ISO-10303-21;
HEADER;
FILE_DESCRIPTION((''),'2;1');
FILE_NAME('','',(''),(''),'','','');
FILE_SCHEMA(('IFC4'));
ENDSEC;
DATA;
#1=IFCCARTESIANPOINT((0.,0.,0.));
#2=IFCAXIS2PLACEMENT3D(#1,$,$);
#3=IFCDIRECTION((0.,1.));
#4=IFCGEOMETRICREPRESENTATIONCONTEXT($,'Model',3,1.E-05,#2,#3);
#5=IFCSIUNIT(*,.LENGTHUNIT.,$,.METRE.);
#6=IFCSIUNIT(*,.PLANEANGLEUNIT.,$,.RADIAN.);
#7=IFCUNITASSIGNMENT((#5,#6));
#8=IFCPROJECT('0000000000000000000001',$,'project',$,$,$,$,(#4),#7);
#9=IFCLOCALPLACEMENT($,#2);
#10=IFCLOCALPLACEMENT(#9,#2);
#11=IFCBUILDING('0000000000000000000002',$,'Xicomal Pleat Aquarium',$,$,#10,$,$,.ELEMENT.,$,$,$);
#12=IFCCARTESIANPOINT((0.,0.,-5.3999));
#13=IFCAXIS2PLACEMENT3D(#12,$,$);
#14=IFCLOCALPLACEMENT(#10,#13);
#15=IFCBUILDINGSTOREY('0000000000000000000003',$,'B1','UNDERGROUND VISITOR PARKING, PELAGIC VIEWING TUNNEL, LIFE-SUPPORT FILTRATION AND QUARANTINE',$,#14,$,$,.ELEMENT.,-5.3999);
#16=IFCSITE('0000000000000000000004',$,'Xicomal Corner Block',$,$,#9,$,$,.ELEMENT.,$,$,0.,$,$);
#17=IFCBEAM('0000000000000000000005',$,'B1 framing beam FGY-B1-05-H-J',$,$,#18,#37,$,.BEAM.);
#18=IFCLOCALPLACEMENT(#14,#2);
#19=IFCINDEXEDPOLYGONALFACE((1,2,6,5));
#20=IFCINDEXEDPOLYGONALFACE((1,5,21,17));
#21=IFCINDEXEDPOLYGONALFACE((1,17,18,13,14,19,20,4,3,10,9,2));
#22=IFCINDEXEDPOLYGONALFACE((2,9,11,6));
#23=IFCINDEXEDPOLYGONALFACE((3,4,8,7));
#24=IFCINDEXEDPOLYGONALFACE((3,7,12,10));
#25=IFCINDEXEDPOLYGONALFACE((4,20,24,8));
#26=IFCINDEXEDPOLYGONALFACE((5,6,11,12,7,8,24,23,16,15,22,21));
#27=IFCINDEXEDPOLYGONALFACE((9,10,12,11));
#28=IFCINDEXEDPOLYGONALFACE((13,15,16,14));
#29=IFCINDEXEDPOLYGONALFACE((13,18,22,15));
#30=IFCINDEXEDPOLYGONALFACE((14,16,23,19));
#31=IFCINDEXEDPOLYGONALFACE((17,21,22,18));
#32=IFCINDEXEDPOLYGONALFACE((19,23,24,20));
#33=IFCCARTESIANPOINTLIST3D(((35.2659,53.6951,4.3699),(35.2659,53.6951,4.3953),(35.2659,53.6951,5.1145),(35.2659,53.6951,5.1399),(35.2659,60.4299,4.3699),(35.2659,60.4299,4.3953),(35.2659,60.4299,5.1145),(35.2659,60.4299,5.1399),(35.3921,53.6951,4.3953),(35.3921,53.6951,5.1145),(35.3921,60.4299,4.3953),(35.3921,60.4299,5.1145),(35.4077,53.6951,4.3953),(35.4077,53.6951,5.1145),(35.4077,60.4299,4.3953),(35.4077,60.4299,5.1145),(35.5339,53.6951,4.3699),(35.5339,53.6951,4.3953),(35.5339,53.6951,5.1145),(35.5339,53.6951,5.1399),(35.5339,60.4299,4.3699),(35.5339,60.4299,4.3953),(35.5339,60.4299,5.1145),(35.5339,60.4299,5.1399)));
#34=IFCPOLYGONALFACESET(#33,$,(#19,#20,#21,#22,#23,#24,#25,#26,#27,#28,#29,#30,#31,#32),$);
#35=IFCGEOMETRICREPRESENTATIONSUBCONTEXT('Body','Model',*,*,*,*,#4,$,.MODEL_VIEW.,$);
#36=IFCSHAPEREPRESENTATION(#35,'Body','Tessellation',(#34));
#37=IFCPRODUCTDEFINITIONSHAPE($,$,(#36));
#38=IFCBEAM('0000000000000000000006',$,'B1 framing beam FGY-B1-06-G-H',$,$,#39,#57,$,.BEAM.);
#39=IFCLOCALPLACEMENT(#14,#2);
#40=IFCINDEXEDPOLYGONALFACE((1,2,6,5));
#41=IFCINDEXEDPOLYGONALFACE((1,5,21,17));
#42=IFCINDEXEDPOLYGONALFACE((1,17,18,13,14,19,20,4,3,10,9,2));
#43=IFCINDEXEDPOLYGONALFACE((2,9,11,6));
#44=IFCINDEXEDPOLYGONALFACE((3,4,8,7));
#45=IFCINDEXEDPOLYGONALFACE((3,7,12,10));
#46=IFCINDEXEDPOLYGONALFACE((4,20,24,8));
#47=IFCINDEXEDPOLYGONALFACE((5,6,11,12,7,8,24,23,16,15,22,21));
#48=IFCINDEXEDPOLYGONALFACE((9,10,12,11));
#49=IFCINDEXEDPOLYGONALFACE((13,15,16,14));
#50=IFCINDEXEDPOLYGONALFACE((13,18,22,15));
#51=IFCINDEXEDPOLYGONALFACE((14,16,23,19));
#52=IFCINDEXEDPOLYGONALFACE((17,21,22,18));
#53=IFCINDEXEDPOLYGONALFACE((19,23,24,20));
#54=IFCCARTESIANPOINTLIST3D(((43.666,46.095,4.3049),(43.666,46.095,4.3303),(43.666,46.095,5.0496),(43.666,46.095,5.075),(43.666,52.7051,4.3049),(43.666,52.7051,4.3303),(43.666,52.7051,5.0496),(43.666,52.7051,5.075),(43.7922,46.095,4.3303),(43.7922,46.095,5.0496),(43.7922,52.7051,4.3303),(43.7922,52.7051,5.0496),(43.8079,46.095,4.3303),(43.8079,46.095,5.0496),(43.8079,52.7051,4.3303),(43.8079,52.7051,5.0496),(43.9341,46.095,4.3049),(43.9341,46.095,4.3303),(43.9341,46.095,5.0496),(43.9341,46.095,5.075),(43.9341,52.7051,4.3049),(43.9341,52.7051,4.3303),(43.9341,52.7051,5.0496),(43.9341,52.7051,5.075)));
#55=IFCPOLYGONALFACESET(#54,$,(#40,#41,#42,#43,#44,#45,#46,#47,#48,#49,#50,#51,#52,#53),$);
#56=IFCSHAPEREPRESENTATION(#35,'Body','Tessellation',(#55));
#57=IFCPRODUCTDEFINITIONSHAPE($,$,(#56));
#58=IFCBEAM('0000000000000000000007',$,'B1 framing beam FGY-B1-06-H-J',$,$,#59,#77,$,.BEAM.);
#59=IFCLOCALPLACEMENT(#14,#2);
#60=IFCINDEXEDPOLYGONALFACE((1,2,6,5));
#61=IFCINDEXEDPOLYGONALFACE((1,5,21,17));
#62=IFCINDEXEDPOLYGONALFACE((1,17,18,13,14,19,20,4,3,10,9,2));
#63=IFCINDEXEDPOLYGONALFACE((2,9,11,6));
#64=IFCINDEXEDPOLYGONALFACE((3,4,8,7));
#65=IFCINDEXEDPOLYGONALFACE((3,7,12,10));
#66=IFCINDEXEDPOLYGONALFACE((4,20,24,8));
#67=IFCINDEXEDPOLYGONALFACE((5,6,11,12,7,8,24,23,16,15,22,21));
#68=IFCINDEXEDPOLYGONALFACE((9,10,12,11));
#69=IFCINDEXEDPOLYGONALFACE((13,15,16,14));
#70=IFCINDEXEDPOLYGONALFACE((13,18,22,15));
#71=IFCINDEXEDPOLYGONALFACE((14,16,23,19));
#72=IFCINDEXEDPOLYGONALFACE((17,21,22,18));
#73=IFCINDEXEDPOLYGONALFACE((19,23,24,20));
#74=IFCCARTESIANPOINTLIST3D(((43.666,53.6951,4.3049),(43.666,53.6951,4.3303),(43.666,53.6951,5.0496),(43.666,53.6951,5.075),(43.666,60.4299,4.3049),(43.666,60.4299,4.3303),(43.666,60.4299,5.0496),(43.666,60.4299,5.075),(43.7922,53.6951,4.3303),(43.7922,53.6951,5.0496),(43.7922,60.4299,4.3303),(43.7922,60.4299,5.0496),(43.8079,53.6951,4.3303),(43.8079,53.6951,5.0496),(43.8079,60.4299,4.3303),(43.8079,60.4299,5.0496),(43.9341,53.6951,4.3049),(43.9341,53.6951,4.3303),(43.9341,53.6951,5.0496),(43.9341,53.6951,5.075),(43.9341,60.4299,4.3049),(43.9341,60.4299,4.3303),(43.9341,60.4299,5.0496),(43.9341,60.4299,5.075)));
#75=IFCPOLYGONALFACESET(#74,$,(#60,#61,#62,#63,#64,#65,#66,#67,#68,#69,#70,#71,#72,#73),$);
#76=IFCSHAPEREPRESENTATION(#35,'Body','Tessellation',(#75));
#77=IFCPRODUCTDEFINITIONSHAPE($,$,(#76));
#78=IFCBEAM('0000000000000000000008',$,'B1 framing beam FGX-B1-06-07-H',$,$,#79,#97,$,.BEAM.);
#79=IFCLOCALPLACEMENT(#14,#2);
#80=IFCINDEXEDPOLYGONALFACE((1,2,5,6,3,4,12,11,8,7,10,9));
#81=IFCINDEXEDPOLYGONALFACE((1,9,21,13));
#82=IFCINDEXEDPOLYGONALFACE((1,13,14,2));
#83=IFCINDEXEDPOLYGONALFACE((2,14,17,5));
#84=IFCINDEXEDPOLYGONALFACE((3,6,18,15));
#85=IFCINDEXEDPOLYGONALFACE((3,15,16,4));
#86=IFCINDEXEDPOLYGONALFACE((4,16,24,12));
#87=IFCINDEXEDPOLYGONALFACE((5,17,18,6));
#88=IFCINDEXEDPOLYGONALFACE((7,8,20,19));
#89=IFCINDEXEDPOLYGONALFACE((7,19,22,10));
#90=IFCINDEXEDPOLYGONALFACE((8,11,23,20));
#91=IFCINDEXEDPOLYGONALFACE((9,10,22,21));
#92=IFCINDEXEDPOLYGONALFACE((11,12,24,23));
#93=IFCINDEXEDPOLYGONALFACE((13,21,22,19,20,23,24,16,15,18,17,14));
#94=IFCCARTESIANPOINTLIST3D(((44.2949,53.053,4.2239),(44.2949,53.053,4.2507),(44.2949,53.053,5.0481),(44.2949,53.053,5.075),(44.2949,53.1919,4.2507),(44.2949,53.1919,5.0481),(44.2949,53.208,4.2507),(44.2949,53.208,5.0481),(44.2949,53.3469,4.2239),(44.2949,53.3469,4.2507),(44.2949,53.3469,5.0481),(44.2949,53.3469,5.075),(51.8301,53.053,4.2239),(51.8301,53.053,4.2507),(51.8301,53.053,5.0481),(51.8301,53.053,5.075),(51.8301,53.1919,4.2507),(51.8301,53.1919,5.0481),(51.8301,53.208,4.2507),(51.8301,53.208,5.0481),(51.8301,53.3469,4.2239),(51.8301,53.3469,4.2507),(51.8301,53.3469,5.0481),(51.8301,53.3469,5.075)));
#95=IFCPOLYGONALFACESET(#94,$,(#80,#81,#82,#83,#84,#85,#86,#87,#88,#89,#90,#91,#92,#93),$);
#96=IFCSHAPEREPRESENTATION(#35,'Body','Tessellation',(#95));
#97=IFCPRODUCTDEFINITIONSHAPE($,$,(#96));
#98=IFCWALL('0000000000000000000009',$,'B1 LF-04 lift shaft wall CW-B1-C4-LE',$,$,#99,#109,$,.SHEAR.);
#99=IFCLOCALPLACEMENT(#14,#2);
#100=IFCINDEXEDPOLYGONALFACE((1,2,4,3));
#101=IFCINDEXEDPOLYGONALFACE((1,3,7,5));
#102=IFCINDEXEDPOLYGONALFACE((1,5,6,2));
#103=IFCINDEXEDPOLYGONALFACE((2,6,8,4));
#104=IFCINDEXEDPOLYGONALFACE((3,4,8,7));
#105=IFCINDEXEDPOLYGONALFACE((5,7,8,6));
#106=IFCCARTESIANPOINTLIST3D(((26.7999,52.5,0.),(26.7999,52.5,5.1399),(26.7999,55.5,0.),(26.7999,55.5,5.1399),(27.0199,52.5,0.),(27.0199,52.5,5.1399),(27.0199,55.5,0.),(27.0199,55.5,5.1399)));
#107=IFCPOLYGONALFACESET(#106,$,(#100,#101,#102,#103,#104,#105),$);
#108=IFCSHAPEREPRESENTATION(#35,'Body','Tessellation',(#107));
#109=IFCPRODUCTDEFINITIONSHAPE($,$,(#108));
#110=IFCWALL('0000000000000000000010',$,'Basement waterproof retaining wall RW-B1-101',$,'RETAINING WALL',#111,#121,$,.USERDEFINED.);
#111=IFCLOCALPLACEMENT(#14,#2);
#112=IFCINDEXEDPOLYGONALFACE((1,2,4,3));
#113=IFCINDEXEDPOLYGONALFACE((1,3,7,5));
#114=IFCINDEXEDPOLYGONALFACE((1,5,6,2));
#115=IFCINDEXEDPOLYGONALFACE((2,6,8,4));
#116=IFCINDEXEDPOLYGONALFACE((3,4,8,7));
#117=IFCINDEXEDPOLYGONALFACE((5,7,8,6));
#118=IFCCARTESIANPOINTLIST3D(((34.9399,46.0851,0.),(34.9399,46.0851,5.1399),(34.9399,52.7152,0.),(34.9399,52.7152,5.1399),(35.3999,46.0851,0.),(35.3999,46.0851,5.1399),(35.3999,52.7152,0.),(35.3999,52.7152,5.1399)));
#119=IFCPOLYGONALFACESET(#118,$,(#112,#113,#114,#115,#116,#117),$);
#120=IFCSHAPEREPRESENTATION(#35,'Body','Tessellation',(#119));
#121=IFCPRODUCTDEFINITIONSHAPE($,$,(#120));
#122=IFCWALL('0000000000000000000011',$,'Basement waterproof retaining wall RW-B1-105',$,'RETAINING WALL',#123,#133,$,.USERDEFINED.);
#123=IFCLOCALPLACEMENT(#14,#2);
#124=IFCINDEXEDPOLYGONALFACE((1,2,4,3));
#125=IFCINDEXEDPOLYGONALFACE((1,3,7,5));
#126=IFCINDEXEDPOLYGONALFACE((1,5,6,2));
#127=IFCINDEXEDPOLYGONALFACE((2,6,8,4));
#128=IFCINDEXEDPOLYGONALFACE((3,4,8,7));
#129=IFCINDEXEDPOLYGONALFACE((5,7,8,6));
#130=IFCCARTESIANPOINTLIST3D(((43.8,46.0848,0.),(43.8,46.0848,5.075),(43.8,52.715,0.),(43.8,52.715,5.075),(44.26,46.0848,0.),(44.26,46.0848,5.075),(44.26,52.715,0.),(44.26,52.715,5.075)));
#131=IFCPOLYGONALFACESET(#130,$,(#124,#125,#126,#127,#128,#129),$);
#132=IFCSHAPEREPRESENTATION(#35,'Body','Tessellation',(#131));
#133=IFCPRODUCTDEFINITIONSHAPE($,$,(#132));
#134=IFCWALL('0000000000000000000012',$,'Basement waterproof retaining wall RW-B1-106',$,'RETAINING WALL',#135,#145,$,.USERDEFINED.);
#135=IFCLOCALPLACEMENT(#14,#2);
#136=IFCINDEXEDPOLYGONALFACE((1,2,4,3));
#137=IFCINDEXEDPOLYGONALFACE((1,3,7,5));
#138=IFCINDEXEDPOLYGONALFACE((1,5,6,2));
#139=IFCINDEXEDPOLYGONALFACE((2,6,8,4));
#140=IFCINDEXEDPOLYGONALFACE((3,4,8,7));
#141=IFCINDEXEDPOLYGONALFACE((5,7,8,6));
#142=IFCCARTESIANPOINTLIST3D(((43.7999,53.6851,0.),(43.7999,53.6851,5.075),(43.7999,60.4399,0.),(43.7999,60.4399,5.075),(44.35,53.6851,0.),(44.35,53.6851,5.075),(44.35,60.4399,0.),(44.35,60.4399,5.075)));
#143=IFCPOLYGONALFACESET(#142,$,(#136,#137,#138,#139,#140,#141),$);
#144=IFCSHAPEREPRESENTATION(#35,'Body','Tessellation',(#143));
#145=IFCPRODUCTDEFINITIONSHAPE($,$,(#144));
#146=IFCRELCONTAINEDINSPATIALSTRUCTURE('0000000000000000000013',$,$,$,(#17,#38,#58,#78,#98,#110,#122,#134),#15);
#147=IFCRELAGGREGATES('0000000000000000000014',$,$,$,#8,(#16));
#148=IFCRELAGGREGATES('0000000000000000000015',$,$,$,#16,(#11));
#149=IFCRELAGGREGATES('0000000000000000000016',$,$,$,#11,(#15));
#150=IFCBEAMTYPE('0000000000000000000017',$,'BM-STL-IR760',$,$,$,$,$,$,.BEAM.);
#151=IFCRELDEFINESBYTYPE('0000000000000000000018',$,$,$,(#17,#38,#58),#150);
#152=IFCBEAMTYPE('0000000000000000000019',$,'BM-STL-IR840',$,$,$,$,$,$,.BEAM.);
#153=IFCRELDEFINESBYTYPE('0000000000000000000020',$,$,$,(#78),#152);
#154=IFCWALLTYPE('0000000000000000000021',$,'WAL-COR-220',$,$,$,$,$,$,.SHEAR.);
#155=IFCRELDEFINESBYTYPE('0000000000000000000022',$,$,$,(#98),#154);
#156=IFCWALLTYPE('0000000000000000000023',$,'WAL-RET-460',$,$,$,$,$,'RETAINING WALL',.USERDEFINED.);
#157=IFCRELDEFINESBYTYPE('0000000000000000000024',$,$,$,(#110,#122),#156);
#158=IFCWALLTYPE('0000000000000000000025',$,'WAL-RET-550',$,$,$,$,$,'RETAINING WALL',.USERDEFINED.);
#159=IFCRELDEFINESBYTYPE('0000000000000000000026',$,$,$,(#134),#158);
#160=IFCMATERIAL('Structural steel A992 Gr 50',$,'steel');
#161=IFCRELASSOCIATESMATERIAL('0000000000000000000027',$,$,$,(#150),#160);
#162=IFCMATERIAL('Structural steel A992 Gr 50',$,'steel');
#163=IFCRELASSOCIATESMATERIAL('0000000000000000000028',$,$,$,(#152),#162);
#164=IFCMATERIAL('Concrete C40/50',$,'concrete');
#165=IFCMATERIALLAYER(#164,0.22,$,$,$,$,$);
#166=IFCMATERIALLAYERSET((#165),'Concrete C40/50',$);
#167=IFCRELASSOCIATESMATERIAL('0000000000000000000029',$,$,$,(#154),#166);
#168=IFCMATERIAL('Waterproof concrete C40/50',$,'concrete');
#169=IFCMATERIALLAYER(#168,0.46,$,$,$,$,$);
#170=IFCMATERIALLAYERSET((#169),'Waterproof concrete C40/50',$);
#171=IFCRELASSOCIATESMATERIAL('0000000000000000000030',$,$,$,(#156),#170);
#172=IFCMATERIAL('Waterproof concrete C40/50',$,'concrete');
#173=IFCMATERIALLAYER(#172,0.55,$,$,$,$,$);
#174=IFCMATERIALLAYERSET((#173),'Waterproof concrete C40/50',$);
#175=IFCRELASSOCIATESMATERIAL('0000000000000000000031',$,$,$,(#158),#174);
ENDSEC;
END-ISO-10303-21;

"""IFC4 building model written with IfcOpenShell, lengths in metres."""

from ifc_helpers import new_model, si_unit, direction, frame, frame_2d, origin, origin_2d, place, context, subcontext, project, spatial, rectangle, i_section, extrude, material, layer, layer_set, material_profile, profile_set, type_object, element, save


model = new_model("IFC4")

# Units and contexts
model_context = context("Model", 3, precision=1e-05, world=origin(), true_north=direction((0.0, 1.0)))
body_context = subcontext(model_context, "Body", "Model", "MODEL_VIEW")
ifc_project = project(units=[si_unit("LENGTHUNIT", "METRE"), si_unit("PLANEANGLEUNIT", "RADIAN")], contexts=[model_context])

# Site, building, storey
site_placement = place(None, origin())
site = spatial("IfcSite", under=ifc_project, at=site_placement, Name="Xicomal Corner Block", CompositionType="ELEMENT", RefElevation=0.0)
building_placement = place(site_placement, origin())
building = spatial("IfcBuilding", under=site, at=building_placement, Name="Xicomal Pleat Aquarium", CompositionType="ELEMENT")
storey_placement = place(building_placement, frame((0.0, 0.0, -5.3999)))
storey = spatial("IfcBuildingStorey", under=building, at=storey_placement, Name="B1", Description="UNDERGROUND VISITOR PARKING, PELAGIC VIEWING TUNNEL, LIFE-SUPPORT FILTRATION AND QUARANTINE", CompositionType="ELEMENT", Elevation=-5.3999)

# Beams
ifc_material_1 = material(Name="Structural steel A992 Gr 50", Category="steel")
ifc_material_profile_1 = material_profile(ifc_material_1, i_section(OverallWidth=0.2681, OverallDepth=0.77, WebThickness=0.0156, FlangeThickness=0.0254, at=origin_2d()), Name="IR 760x196")
ifc_profile_set_1 = profile_set([ifc_material_profile_1], Name="Structural steel A992 Gr 50")
beam_type_1 = type_object("IfcBeamType", Name="BM-STL-IR760", PredefinedType="BEAM", material=ifc_profile_set_1)
beam_1_placement = place(storey_placement, frame((35.3999, 53.6951, 4.7549), z_axis=(0.0, 1.0, 0.0), x_axis=(-1.0, 0.0, 0.0)))
element("IfcBeam", 1, at=beam_1_placement, inside=storey, type_object=beam_type_1, Name="B1 framing beam FGY-B1-05-H-J", PredefinedType="BEAM", context=body_context, shape_type="SweptSolid", body=[
    extrude(i_section(OverallWidth=0.2681, OverallDepth=0.77, WebThickness=0.0156, FlangeThickness=0.0254, at=origin_2d()), origin(), (0.0, 0.0, 1.0), 6.7349),
])
beam_2_placement = place(storey_placement, frame((43.8, 46.095, 4.6899), z_axis=(0.0, 1.0, 0.0), x_axis=(-1.0, 0.0, 0.0)))
element("IfcBeam", 2, at=beam_2_placement, inside=storey, type_object=beam_type_1, Name="B1 framing beam FGY-B1-06-G-H", PredefinedType="BEAM", context=body_context, shape_type="SweptSolid", body=[
    extrude(i_section(OverallWidth=0.2681, OverallDepth=0.77, WebThickness=0.0156, FlangeThickness=0.0254, at=origin_2d()), origin(), (0.0, 0.0, 1.0), 6.6101),
])
beam_3_placement = place(storey_placement, frame((43.8, 53.6951, 4.6899), z_axis=(0.0, 1.0, 0.0), x_axis=(-1.0, 0.0, 0.0)))
element("IfcBeam", 3, at=beam_3_placement, inside=storey, type_object=beam_type_1, Name="B1 framing beam FGY-B1-06-H-J", PredefinedType="BEAM", context=body_context, shape_type="SweptSolid", body=[
    extrude(i_section(OverallWidth=0.2681, OverallDepth=0.77, WebThickness=0.0156, FlangeThickness=0.0254, at=origin_2d()), origin(), (0.0, 0.0, 1.0), 6.7349),
])
ifc_material_2 = material(Name="Structural steel A992 Gr 50", Category="steel")
ifc_material_profile_2 = material_profile(ifc_material_2, i_section(OverallWidth=0.2939, OverallDepth=0.8511, WebThickness=0.0161, FlangeThickness=0.0269, at=origin_2d()), Name="IR 840x226")
ifc_profile_set_2 = profile_set([ifc_material_profile_2], Name="Structural steel A992 Gr 50")
beam_type_2 = type_object("IfcBeamType", Name="BM-STL-IR840", PredefinedType="BEAM", material=ifc_profile_set_2)
beam_4_placement = place(storey_placement, frame((44.2949, 53.2, 4.6494), z_axis=(1.0, 0.0, 0.0), x_axis=(0.0, 1.0, 0.0)))
element("IfcBeam", 4, at=beam_4_placement, inside=storey, type_object=beam_type_2, Name="B1 framing beam FGX-B1-06-07-H", PredefinedType="BEAM", context=body_context, shape_type="SweptSolid", body=[
    extrude(i_section(OverallWidth=0.2939, OverallDepth=0.8511, WebThickness=0.0161, FlangeThickness=0.0269, at=origin_2d()), origin(), (0.0, 0.0, 1.0), 7.5352),
])

# Walls
ifc_material_3 = material(Name="Concrete C40/50", Category="concrete")
ifc_layer_1 = layer(ifc_material_3, 0.22)
ifc_layer_set_1 = layer_set([ifc_layer_1], Name="Concrete C40/50")
wall_type_1 = type_object("IfcWallType", Name="WAL-COR-220", PredefinedType="SHEAR", material=ifc_layer_set_1)
wall_1_placement = place(storey_placement, frame((26.9099, 52.5, 0.0), z_axis=(0.0, 0.0, 1.0), x_axis=(0.0, 1.0, 0.0)))
element("IfcWall", 5, at=wall_1_placement, inside=storey, type_object=wall_type_1, Name="B1 LF-04 lift shaft wall CW-B1-C4-LE", PredefinedType="SHEAR", context=body_context, shape_type="SweptSolid", body=[
    extrude(rectangle(XDim=3.0, YDim=0.22, at=frame_2d((1.5, 0.0))), origin(), (0.0, 0.0, 1.0), 5.1399),
])
ifc_material_4 = material(Name="Waterproof concrete C40/50", Category="concrete")
ifc_layer_2 = layer(ifc_material_4, 0.46)
ifc_layer_set_2 = layer_set([ifc_layer_2], Name="Waterproof concrete C40/50")
wall_type_2 = type_object("IfcWallType", Name="WAL-RET-460", ElementType="RETAINING WALL", PredefinedType="USERDEFINED", material=ifc_layer_set_2)
wall_2_placement = place(storey_placement, frame((35.1699, 52.7151, 0.0), z_axis=(0.0, 0.0, 1.0), x_axis=(0.0, -1.0, 0.0)))
element("IfcWall", 6, at=wall_2_placement, inside=storey, type_object=wall_type_2, Name="Basement waterproof retaining wall RW-B1-101", ObjectType="RETAINING WALL", PredefinedType="USERDEFINED", context=body_context, shape_type="SweptSolid", body=[
    extrude(rectangle(XDim=6.6301, YDim=0.46, at=frame_2d((3.3149, 0.0))), origin(), (0.0, 0.0, 1.0), 5.1399),
])
wall_3_placement = place(storey_placement, frame((44.03, 46.085, 0.0), z_axis=(0.0, 0.0, 1.0), x_axis=(0.0, 1.0, 0.0)))
element("IfcWall", 7, at=wall_3_placement, inside=storey, type_object=wall_type_2, Name="Basement waterproof retaining wall RW-B1-105", ObjectType="RETAINING WALL", PredefinedType="USERDEFINED", context=body_context, shape_type="SweptSolid", body=[
    extrude(rectangle(XDim=6.6301, YDim=0.46, at=frame_2d((3.3149, 0.0))), origin(), (0.0, 0.0, 1.0), 5.075),
])
ifc_material_5 = material(Name="Waterproof concrete C40/50", Category="concrete")
ifc_layer_3 = layer(ifc_material_5, 0.55)
ifc_layer_set_3 = layer_set([ifc_layer_3], Name="Waterproof concrete C40/50")
wall_type_3 = type_object("IfcWallType", Name="WAL-RET-550", ElementType="RETAINING WALL", PredefinedType="USERDEFINED", material=ifc_layer_set_3)
wall_4_placement = place(storey_placement, frame((44.075, 53.6851, 0.0), z_axis=(0.0, 0.0, 1.0), x_axis=(0.0, 1.0, 0.0)))
element("IfcWall", 8, at=wall_4_placement, inside=storey, type_object=wall_type_3, Name="Basement waterproof retaining wall RW-B1-106", ObjectType="RETAINING WALL", PredefinedType="USERDEFINED", context=body_context, shape_type="SweptSolid", body=[
    extrude(rectangle(XDim=6.7549, YDim=0.55, at=frame_2d((3.3774, 0.0))), origin(), (0.0, 0.0, 1.0), 5.075),
])

save(model, "model.ifc")
